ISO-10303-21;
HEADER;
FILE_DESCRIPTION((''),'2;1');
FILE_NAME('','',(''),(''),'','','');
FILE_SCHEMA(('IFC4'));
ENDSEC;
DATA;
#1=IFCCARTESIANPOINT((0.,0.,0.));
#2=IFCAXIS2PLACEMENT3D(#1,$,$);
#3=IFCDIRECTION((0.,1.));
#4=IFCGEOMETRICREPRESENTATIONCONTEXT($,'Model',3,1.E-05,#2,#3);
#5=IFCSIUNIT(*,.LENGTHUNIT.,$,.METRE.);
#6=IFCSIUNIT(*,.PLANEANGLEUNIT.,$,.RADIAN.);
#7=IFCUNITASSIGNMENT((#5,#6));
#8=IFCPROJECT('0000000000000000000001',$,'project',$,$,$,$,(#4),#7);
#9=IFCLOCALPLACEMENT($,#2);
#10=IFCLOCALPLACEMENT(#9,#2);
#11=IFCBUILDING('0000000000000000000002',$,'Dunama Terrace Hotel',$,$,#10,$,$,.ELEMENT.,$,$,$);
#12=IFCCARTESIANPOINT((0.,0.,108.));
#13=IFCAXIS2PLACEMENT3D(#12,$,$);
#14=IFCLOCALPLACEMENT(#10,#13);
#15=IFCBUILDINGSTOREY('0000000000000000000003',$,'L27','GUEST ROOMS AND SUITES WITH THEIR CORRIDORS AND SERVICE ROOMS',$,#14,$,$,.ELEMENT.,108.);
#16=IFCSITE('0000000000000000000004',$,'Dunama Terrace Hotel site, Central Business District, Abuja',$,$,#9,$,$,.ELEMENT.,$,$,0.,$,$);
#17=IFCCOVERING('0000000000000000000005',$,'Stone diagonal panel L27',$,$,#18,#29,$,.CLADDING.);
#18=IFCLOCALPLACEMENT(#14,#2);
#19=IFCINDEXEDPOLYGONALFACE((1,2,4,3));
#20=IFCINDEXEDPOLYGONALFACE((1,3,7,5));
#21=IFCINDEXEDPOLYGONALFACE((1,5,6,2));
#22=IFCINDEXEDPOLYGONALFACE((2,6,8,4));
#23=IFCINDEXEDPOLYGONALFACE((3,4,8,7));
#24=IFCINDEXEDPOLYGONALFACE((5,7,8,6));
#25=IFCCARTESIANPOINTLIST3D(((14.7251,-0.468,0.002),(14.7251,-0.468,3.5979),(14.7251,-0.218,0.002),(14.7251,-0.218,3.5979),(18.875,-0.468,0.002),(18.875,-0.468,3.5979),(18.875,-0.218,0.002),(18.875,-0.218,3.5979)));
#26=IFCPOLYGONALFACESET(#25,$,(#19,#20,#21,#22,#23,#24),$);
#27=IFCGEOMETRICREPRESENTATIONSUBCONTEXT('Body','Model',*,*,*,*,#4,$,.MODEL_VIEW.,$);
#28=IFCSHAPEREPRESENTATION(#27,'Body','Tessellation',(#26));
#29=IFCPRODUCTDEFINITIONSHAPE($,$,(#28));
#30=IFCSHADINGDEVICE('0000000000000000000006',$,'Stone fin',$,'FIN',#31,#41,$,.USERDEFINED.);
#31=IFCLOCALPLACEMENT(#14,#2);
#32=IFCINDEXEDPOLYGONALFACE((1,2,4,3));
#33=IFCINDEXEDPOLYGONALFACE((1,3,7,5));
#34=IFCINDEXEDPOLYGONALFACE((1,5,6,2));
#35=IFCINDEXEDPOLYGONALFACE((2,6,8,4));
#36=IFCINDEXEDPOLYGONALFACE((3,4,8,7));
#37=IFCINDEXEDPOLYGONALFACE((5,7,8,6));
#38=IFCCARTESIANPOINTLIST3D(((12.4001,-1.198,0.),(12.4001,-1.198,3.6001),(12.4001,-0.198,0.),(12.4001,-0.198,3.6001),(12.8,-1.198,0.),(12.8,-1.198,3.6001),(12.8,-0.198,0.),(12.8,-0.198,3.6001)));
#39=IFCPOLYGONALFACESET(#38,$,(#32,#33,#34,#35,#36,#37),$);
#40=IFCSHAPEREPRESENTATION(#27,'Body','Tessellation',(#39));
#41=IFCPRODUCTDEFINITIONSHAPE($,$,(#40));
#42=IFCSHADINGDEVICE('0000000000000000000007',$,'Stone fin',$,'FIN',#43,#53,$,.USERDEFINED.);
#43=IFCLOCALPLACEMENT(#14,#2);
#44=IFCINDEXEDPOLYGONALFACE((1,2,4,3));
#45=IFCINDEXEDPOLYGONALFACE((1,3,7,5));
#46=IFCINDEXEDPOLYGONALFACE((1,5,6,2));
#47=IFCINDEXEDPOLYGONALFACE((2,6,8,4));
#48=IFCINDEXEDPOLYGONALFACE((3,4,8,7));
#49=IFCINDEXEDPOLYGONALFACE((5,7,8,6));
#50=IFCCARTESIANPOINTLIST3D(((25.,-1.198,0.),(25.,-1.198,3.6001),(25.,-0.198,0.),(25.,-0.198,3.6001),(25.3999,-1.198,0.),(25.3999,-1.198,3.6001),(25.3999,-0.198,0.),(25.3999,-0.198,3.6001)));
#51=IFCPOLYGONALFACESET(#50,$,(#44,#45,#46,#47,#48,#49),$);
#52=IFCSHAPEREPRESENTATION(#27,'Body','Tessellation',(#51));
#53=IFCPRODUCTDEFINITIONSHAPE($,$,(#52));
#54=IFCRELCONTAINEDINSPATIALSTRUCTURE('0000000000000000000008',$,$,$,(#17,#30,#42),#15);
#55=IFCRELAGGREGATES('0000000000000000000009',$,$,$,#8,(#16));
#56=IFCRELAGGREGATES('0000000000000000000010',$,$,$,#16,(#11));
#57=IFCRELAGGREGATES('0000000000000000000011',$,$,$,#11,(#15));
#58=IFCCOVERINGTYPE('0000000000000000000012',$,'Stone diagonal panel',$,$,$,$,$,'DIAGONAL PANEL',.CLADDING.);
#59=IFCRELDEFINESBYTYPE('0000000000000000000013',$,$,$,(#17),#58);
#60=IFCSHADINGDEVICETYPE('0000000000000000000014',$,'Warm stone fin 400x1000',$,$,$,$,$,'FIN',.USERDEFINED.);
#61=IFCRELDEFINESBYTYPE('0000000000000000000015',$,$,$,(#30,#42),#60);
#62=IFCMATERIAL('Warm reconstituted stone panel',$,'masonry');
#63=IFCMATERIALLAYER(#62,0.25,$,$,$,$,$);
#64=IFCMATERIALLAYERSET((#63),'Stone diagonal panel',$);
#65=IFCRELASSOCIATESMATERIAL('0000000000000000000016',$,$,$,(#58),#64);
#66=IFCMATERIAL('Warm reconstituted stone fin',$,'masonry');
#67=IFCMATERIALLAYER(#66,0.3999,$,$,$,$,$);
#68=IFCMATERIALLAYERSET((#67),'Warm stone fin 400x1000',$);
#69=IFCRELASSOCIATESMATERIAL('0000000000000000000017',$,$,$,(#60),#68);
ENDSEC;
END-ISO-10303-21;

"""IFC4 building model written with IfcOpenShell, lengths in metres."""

from ifc_helpers import new_model, si_unit, direction, frame, origin, origin_2d, place, context, subcontext, project, spatial, rectangle, extrude, material, layer, layer_set, type_object, element, save


model = new_model("IFC4")

# Units and contexts
model_context = context("Model", 3, precision=1e-05, world=origin(), true_north=direction((0.0, 1.0)))
body_context = subcontext(model_context, "Body", "Model", "MODEL_VIEW")
ifc_project = project(units=[si_unit("LENGTHUNIT", "METRE"), si_unit("PLANEANGLEUNIT", "RADIAN")], contexts=[model_context])

# Site, building, storey
site_placement = place(None, origin())
site = spatial("IfcSite", under=ifc_project, at=site_placement, Name="Dunama Terrace Hotel site, Central Business District, Abuja", CompositionType="ELEMENT", RefElevation=0.0)
building_placement = place(site_placement, origin())
building = spatial("IfcBuilding", under=site, at=building_placement, Name="Dunama Terrace Hotel", CompositionType="ELEMENT")
storey_placement = place(building_placement, frame((0.0, 0.0, 108.0)))
storey = spatial("IfcBuildingStorey", under=building, at=storey_placement, Name="L27", Description="GUEST ROOMS AND SUITES WITH THEIR CORRIDORS AND SERVICE ROOMS", CompositionType="ELEMENT", Elevation=108.0)

# Covering
ifc_material_1 = material(Name="Warm reconstituted stone panel", Category="masonry")
ifc_layer_1 = layer(ifc_material_1, 0.25)
ifc_layer_set_1 = layer_set([ifc_layer_1], Name="Stone diagonal panel")
covering_type = type_object("IfcCoveringType", Name="Stone diagonal panel", ElementType="DIAGONAL PANEL", PredefinedType="CLADDING", material=ifc_layer_set_1)
covering_placement = place(storey_placement, frame((16.8, -0.343, 0.002), z_axis=(0.0, 0.0, 1.0), x_axis=(1.0, 0.0, 0.0)))
element("IfcCovering", 1, at=covering_placement, inside=storey, type_object=covering_type, Name="Stone diagonal panel L27", PredefinedType="CLADDING", context=body_context, shape_type="SweptSolid", body=[
    extrude(rectangle(XDim=4.1499, YDim=0.25, at=origin_2d()), origin(), (0.0, 0.0, 1.0), 3.5959),
])

# Shading devices
ifc_material_2 = material(Name="Warm reconstituted stone fin", Category="masonry")
ifc_layer_2 = layer(ifc_material_2, 0.3999)
ifc_layer_set_2 = layer_set([ifc_layer_2], Name="Warm stone fin 400x1000")
shading_device_type = type_object("IfcShadingDeviceType", Name="Warm stone fin 400x1000", ElementType="FIN", PredefinedType="USERDEFINED", material=ifc_layer_set_2)
for number, where, z_axis, x_axis, name in (
    (2, (12.6001, -0.698, 0.0), (0.0, 0.0, 1.0), (1.0, 0.0, 0.0), "Stone fin"),
    (3, (25.2, -0.698, 0.0), (0.0, 0.0, 1.0), (1.0, 0.0, 0.0), "Stone fin"),
):
    element("IfcShadingDevice", number, at=place(storey_placement, frame(where, z_axis=z_axis, x_axis=x_axis)), inside=storey, type_object=shading_device_type, Name=name, ObjectType="FIN", PredefinedType="USERDEFINED", context=body_context, shape_type="SweptSolid", body=[
        extrude(rectangle(XDim=0.3999, YDim=1.0, at=origin_2d()), origin(), (0.0, 0.0, 1.0), 3.6001),
    ])

save(model, "model.ifc")
